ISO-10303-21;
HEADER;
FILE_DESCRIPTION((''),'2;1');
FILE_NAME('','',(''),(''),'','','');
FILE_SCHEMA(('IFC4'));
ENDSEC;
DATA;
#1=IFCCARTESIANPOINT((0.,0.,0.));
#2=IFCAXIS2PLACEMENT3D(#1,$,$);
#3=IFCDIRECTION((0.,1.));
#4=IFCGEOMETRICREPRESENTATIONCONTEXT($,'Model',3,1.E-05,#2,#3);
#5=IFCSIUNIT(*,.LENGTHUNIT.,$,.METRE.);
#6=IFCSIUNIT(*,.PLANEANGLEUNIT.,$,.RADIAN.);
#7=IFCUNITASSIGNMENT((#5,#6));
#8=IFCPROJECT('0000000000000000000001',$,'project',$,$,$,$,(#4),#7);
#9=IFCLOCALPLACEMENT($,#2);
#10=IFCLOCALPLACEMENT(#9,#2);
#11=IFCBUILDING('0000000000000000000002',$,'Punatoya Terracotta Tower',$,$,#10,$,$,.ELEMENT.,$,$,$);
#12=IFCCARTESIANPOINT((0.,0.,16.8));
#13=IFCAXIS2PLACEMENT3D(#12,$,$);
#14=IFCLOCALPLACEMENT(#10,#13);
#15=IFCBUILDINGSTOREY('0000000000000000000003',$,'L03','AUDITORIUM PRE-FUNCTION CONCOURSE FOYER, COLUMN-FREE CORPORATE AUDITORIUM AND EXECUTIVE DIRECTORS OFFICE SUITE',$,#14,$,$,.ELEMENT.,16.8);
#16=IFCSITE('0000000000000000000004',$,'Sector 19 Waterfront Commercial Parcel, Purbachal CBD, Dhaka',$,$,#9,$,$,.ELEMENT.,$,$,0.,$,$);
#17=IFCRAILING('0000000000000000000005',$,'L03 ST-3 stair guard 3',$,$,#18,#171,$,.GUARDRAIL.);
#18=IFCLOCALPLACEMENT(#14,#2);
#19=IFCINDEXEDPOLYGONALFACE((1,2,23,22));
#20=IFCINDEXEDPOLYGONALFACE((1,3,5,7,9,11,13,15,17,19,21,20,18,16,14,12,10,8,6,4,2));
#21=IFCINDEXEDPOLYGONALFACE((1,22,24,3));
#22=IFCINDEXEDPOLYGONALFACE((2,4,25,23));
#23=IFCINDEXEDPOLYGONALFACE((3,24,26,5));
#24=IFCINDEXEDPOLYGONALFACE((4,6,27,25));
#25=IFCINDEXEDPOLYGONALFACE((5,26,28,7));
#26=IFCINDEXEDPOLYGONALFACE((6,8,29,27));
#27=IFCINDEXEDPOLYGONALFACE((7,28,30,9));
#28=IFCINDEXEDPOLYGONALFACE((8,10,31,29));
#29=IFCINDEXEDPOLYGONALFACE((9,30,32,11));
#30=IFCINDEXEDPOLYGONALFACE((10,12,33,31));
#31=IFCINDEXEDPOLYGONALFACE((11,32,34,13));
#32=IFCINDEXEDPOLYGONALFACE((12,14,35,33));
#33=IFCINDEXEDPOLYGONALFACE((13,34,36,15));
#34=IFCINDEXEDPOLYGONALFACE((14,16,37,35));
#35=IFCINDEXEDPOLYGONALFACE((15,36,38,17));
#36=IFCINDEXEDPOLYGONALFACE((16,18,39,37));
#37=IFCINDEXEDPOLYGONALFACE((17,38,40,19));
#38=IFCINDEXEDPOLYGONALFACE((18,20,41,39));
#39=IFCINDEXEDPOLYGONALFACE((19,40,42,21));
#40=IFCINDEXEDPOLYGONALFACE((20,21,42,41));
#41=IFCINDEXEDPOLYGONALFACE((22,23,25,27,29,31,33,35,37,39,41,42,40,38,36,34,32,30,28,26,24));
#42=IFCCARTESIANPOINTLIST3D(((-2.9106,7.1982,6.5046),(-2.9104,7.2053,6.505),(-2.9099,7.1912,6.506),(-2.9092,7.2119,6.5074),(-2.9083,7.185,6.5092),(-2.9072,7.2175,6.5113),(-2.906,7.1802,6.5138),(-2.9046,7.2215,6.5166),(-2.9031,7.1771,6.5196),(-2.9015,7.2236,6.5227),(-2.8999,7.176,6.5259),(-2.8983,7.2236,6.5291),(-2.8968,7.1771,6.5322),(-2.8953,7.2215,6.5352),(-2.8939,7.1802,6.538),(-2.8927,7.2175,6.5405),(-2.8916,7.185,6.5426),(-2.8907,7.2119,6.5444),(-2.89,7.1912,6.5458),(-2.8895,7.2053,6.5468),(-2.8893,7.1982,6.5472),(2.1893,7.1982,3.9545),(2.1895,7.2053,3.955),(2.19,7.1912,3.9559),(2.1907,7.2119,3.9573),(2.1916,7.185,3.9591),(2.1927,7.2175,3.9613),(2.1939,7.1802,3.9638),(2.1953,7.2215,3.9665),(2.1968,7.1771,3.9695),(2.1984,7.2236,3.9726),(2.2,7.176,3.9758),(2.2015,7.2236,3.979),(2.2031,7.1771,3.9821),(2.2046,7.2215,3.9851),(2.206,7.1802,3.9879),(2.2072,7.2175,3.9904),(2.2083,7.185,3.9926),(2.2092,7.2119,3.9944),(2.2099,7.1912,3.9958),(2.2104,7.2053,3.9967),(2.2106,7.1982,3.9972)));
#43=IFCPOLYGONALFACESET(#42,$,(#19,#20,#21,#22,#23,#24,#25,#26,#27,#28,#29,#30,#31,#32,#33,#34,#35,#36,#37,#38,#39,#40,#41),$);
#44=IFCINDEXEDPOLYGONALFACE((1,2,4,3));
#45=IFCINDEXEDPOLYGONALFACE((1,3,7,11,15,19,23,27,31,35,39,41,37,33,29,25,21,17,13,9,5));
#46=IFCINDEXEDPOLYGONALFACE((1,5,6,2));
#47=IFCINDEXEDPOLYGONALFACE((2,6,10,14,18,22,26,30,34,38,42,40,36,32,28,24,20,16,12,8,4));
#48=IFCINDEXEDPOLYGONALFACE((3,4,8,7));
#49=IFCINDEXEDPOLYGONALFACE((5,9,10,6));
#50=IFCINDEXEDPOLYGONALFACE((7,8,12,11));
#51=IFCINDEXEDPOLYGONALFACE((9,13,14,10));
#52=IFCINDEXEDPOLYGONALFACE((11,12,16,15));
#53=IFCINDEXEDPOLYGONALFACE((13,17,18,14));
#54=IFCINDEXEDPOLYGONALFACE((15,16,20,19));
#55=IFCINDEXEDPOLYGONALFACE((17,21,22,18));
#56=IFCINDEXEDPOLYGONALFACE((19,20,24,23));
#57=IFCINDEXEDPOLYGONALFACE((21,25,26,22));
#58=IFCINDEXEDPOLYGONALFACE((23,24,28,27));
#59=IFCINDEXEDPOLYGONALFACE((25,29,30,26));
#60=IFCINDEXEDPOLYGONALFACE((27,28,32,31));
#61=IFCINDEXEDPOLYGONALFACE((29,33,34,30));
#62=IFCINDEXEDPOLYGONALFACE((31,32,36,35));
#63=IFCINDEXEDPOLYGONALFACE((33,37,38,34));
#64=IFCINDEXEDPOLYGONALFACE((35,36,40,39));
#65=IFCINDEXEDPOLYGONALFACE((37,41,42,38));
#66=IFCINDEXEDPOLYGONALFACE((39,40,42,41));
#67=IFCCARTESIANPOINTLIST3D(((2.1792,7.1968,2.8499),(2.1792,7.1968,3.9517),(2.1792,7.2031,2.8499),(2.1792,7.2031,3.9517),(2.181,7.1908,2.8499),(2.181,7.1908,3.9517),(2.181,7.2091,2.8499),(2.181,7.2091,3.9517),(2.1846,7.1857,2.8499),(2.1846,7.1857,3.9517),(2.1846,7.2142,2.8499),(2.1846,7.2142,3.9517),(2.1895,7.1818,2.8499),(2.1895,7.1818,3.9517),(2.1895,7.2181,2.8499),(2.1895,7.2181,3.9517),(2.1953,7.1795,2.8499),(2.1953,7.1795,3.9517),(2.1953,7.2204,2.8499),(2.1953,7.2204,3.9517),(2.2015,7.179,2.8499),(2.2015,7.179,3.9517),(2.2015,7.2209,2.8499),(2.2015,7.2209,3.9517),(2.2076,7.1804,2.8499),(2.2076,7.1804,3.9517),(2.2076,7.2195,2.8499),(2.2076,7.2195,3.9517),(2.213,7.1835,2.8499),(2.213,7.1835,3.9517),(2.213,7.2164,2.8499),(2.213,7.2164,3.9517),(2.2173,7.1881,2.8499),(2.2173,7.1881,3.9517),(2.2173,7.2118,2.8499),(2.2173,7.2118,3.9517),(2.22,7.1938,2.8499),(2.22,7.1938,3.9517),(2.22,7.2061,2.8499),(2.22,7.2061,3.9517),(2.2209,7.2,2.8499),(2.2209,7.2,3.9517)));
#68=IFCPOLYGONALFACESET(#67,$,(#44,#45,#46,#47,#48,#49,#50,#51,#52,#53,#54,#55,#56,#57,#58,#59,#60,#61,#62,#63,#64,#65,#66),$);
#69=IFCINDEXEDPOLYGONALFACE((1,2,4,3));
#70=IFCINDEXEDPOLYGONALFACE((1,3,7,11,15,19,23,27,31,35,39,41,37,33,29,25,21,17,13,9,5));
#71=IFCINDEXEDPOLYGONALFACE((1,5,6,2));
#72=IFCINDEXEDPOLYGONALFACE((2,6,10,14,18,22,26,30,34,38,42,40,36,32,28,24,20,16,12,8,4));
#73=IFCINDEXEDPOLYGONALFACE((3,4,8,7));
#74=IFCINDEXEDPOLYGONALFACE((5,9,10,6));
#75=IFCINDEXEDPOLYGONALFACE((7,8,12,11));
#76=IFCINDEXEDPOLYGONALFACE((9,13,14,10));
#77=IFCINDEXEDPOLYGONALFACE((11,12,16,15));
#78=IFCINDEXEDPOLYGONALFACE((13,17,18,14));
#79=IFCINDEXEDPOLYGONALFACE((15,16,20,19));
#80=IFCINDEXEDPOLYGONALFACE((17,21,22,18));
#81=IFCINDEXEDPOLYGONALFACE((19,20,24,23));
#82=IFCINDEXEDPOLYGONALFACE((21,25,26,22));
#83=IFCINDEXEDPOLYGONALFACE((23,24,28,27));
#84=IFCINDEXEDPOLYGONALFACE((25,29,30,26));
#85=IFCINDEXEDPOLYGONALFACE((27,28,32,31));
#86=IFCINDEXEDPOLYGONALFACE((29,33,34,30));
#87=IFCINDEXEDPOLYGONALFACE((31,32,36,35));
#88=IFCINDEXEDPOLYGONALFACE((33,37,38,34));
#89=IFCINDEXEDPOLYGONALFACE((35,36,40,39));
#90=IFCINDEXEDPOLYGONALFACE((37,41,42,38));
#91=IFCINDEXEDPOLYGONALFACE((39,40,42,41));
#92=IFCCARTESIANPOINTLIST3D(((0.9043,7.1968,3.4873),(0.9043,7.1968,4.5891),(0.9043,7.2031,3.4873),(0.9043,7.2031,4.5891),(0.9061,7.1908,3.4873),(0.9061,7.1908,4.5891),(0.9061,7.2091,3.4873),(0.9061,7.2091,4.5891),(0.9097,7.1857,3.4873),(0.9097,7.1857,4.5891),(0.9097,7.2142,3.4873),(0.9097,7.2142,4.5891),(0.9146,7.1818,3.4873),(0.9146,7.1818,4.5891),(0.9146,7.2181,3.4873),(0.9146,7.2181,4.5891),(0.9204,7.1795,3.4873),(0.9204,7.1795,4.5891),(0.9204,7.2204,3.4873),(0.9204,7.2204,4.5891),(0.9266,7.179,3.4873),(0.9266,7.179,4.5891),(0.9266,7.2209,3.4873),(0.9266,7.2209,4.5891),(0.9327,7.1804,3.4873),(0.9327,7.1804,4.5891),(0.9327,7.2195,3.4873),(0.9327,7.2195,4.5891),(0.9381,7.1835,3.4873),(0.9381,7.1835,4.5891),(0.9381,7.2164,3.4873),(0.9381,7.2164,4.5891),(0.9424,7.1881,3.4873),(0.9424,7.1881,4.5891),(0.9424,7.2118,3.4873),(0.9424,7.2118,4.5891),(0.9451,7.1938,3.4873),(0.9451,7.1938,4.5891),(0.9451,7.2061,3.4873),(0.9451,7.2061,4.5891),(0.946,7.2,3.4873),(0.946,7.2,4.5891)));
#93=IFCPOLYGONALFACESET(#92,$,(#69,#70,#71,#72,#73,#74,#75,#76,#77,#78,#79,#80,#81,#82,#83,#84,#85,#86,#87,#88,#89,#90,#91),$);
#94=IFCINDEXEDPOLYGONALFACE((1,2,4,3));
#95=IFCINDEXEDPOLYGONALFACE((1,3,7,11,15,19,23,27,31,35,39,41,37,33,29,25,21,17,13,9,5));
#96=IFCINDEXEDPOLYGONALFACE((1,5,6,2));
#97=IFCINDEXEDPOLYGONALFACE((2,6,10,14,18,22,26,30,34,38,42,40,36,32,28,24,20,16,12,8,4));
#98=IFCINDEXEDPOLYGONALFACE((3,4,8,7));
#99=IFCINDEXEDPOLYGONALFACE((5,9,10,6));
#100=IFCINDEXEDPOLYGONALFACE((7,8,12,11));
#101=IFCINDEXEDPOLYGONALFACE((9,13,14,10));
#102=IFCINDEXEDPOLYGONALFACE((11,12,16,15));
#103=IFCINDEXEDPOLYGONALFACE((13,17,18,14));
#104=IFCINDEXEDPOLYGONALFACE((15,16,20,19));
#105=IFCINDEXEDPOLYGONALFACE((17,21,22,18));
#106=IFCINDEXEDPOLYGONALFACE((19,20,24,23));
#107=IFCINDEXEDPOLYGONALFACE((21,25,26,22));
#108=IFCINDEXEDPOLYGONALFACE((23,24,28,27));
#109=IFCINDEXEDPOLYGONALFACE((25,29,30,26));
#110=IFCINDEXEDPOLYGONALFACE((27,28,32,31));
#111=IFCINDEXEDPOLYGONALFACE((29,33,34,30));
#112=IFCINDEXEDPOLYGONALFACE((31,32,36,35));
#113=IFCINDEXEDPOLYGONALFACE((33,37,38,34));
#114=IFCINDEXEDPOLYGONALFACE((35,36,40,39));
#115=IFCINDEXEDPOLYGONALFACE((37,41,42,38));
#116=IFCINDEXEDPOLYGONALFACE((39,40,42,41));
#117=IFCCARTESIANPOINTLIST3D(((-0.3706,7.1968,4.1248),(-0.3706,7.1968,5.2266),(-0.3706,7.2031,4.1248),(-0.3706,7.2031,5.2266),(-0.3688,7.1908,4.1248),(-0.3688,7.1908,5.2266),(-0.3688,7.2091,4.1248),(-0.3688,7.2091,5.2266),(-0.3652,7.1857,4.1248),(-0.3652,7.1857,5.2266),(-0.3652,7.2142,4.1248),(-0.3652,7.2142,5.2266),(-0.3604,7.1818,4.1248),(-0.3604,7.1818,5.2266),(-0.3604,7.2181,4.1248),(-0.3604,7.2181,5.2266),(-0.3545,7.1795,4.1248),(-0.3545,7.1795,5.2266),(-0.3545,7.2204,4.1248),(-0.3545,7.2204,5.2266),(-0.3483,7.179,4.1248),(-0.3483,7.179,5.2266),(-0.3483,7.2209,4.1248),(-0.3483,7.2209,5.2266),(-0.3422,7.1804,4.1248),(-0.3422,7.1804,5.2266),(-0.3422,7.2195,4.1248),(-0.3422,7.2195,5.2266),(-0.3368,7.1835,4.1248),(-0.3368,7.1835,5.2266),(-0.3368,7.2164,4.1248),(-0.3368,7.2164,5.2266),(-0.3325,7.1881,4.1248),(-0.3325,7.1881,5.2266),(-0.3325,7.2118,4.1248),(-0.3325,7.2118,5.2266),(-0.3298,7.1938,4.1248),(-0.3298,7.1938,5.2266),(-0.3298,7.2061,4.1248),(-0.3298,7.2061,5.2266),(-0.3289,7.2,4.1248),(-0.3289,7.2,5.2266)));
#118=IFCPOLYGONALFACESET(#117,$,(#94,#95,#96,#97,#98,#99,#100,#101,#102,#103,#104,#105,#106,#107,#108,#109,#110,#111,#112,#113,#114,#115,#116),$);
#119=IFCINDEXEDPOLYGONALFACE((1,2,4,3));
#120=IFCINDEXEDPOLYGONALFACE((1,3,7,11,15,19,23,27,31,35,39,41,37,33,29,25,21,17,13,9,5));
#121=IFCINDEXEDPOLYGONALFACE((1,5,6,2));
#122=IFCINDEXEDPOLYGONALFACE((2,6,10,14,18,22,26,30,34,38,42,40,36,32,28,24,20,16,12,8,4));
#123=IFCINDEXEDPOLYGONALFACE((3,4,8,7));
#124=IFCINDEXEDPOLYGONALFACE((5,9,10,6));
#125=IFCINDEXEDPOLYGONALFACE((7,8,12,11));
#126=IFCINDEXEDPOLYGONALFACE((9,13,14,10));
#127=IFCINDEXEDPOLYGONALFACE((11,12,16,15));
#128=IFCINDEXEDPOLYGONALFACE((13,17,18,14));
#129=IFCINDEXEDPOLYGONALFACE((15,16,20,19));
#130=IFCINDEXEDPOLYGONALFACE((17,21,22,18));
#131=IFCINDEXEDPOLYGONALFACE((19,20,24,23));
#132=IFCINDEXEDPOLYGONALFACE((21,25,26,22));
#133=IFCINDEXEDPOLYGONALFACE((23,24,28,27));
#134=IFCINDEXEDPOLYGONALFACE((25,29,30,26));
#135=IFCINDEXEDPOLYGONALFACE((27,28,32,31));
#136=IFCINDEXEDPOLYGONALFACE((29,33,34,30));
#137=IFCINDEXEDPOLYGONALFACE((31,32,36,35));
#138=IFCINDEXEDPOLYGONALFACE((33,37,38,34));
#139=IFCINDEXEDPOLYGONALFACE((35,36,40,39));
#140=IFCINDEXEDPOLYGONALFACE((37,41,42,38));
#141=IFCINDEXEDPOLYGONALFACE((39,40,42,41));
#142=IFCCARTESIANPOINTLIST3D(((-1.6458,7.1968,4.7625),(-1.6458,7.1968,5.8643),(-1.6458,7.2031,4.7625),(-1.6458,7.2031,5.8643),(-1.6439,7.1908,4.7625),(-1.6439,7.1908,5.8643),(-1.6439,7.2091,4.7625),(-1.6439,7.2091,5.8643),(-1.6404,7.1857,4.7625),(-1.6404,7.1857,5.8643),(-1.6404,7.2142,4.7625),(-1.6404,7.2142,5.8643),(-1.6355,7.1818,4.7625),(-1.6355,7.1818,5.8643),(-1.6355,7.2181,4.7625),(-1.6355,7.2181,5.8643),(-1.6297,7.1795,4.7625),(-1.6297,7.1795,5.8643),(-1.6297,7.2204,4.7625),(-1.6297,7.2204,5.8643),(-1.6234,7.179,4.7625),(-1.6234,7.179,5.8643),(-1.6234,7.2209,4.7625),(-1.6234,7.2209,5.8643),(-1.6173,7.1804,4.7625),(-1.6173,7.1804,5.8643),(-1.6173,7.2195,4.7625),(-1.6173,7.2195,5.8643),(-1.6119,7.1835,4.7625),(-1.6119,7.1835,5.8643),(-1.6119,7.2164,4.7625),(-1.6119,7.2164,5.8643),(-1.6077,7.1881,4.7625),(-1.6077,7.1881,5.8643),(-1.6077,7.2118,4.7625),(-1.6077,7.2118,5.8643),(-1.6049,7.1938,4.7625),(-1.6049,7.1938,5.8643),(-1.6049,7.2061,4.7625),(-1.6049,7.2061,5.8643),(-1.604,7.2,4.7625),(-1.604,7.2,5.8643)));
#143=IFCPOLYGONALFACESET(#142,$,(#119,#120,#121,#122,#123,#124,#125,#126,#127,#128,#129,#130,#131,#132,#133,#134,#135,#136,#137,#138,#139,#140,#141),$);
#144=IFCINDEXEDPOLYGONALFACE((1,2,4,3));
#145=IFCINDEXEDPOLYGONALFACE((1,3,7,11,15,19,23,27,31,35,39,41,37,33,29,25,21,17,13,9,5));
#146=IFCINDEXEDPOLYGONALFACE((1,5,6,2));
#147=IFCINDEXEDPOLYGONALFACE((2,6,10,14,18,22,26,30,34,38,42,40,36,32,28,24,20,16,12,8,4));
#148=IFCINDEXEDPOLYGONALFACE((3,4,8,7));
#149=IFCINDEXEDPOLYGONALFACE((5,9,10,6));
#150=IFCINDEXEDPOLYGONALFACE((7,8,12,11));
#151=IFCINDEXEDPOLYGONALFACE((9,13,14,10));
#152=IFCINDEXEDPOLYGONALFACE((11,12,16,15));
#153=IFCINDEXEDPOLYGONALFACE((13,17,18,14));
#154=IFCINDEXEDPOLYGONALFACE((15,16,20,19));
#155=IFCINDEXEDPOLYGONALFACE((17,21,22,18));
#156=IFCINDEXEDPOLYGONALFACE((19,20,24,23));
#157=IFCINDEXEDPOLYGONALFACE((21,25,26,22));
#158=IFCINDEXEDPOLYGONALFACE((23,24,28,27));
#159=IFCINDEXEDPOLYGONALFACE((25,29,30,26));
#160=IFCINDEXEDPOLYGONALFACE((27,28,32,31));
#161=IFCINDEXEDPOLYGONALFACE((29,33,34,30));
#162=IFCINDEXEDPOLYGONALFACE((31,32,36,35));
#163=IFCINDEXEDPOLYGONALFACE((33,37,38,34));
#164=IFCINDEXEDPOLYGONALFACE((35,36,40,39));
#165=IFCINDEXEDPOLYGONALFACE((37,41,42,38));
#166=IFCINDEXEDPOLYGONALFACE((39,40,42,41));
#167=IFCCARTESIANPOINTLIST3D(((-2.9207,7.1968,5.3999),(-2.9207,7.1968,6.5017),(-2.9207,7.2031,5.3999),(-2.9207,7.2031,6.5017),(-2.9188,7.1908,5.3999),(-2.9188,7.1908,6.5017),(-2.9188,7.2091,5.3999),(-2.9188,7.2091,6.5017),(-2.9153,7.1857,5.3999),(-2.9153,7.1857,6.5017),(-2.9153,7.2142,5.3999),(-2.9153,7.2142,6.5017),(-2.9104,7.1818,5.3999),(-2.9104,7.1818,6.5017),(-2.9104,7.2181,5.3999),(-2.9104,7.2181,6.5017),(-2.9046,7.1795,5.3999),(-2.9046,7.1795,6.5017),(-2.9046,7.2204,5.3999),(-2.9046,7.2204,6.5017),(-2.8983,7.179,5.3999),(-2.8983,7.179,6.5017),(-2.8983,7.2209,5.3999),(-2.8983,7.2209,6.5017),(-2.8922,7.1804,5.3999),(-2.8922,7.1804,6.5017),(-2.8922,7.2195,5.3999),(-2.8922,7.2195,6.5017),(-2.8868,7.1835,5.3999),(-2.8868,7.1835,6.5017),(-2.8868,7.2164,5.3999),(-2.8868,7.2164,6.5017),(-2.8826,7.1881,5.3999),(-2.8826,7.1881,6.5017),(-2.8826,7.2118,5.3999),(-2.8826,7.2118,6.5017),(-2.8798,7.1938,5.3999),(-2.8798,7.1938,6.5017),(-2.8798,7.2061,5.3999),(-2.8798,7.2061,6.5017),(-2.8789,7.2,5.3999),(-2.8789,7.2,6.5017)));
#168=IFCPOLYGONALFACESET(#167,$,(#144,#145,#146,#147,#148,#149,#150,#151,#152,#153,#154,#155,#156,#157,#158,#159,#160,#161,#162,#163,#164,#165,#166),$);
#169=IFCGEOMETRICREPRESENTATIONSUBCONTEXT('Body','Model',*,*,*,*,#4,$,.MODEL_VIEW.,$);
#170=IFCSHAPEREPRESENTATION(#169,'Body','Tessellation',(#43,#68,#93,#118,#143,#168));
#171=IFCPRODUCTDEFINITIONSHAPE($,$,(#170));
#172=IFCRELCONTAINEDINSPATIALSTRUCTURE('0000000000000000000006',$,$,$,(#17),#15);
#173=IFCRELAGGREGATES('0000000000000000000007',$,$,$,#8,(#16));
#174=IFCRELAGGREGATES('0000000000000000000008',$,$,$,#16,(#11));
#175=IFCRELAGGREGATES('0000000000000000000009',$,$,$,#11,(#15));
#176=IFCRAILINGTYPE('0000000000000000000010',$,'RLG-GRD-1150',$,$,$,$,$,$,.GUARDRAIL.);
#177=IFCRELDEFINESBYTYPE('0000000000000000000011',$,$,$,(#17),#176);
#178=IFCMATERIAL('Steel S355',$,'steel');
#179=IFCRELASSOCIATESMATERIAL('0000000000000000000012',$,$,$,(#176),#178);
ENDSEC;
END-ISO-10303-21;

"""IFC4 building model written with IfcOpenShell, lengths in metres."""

from ifc_helpers import new_model, si_unit, direction, frame, origin, origin_2d, place, context, subcontext, project, spatial, circle, extrude, material, type_object, element, save


model = new_model("IFC4")

# Units and contexts
model_context = context("Model", 3, precision=1e-05, world=origin(), true_north=direction((0.0, 1.0)))
body_context = subcontext(model_context, "Body", "Model", "MODEL_VIEW")
ifc_project = project(units=[si_unit("LENGTHUNIT", "METRE"), si_unit("PLANEANGLEUNIT", "RADIAN")], contexts=[model_context])

# Site, building, storey
site_placement = place(None, origin())
site = spatial("IfcSite", under=ifc_project, at=site_placement, Name="Sector 19 Waterfront Commercial Parcel, Purbachal CBD, Dhaka", CompositionType="ELEMENT", RefElevation=0.0)
building_placement = place(site_placement, origin())
building = spatial("IfcBuilding", under=site, at=building_placement, Name="Punatoya Terracotta Tower", CompositionType="ELEMENT")
storey_placement = place(building_placement, frame((0.0, 0.0, 16.8)))
storey = spatial("IfcBuildingStorey", under=building, at=storey_placement, Name="L03", Description="AUDITORIUM PRE-FUNCTION CONCOURSE FOYER, COLUMN-FREE CORPORATE AUDITORIUM AND EXECUTIVE DIRECTORS OFFICE SUITE", CompositionType="ELEMENT", Elevation=16.8)

# Shared definitions
ifc_material_1 = material(Name="Steel S355", Category="steel")

# Railing
railing_type_1 = type_object("IfcRailingType", Name="RLG-GRD-1150", PredefinedType="GUARDRAIL", material=ifc_material_1)
railing_1_placement = place(storey_placement, frame((2.2, 7.2, 2.8499)))
element("IfcRailing", 1, at=railing_1_placement, inside=storey, type_object=railing_type_1, Name="L03 ST-3 stair guard 3", PredefinedType="GUARDRAIL", context=body_context, shape_type="SweptSolid", body=[
    extrude(circle(Radius=0.0239, at=origin_2d()), frame((0.0, 0.0, 1.126), z_axis=(-0.894419, 0.0, 0.447231), x_axis=(0.0, -1.0, 0.0)), (0.0, 0.0, 1.0), 5.7019),
    extrude(circle(Radius=0.021, at=origin_2d()), origin(), (0.0, 0.0, 1.0), 1.1018),
    extrude(circle(Radius=0.021, at=origin_2d()), frame((-1.2749, 0.0, 0.6375)), (0.0, 0.0, 1.0), 1.1018),
    extrude(circle(Radius=0.021, at=origin_2d()), frame((-2.5498, 0.0, 1.2749)), (0.0, 0.0, 1.0), 1.1018),
    extrude(circle(Radius=0.021, at=origin_2d()), frame((-3.825, 0.0, 1.9126)), (0.0, 0.0, 1.0), 1.1018),
    extrude(circle(Radius=0.021, at=origin_2d()), frame((-5.0999, 0.0, 2.55)), (0.0, 0.0, 1.0), 1.1018),
])

save(model, "model.ifc")
